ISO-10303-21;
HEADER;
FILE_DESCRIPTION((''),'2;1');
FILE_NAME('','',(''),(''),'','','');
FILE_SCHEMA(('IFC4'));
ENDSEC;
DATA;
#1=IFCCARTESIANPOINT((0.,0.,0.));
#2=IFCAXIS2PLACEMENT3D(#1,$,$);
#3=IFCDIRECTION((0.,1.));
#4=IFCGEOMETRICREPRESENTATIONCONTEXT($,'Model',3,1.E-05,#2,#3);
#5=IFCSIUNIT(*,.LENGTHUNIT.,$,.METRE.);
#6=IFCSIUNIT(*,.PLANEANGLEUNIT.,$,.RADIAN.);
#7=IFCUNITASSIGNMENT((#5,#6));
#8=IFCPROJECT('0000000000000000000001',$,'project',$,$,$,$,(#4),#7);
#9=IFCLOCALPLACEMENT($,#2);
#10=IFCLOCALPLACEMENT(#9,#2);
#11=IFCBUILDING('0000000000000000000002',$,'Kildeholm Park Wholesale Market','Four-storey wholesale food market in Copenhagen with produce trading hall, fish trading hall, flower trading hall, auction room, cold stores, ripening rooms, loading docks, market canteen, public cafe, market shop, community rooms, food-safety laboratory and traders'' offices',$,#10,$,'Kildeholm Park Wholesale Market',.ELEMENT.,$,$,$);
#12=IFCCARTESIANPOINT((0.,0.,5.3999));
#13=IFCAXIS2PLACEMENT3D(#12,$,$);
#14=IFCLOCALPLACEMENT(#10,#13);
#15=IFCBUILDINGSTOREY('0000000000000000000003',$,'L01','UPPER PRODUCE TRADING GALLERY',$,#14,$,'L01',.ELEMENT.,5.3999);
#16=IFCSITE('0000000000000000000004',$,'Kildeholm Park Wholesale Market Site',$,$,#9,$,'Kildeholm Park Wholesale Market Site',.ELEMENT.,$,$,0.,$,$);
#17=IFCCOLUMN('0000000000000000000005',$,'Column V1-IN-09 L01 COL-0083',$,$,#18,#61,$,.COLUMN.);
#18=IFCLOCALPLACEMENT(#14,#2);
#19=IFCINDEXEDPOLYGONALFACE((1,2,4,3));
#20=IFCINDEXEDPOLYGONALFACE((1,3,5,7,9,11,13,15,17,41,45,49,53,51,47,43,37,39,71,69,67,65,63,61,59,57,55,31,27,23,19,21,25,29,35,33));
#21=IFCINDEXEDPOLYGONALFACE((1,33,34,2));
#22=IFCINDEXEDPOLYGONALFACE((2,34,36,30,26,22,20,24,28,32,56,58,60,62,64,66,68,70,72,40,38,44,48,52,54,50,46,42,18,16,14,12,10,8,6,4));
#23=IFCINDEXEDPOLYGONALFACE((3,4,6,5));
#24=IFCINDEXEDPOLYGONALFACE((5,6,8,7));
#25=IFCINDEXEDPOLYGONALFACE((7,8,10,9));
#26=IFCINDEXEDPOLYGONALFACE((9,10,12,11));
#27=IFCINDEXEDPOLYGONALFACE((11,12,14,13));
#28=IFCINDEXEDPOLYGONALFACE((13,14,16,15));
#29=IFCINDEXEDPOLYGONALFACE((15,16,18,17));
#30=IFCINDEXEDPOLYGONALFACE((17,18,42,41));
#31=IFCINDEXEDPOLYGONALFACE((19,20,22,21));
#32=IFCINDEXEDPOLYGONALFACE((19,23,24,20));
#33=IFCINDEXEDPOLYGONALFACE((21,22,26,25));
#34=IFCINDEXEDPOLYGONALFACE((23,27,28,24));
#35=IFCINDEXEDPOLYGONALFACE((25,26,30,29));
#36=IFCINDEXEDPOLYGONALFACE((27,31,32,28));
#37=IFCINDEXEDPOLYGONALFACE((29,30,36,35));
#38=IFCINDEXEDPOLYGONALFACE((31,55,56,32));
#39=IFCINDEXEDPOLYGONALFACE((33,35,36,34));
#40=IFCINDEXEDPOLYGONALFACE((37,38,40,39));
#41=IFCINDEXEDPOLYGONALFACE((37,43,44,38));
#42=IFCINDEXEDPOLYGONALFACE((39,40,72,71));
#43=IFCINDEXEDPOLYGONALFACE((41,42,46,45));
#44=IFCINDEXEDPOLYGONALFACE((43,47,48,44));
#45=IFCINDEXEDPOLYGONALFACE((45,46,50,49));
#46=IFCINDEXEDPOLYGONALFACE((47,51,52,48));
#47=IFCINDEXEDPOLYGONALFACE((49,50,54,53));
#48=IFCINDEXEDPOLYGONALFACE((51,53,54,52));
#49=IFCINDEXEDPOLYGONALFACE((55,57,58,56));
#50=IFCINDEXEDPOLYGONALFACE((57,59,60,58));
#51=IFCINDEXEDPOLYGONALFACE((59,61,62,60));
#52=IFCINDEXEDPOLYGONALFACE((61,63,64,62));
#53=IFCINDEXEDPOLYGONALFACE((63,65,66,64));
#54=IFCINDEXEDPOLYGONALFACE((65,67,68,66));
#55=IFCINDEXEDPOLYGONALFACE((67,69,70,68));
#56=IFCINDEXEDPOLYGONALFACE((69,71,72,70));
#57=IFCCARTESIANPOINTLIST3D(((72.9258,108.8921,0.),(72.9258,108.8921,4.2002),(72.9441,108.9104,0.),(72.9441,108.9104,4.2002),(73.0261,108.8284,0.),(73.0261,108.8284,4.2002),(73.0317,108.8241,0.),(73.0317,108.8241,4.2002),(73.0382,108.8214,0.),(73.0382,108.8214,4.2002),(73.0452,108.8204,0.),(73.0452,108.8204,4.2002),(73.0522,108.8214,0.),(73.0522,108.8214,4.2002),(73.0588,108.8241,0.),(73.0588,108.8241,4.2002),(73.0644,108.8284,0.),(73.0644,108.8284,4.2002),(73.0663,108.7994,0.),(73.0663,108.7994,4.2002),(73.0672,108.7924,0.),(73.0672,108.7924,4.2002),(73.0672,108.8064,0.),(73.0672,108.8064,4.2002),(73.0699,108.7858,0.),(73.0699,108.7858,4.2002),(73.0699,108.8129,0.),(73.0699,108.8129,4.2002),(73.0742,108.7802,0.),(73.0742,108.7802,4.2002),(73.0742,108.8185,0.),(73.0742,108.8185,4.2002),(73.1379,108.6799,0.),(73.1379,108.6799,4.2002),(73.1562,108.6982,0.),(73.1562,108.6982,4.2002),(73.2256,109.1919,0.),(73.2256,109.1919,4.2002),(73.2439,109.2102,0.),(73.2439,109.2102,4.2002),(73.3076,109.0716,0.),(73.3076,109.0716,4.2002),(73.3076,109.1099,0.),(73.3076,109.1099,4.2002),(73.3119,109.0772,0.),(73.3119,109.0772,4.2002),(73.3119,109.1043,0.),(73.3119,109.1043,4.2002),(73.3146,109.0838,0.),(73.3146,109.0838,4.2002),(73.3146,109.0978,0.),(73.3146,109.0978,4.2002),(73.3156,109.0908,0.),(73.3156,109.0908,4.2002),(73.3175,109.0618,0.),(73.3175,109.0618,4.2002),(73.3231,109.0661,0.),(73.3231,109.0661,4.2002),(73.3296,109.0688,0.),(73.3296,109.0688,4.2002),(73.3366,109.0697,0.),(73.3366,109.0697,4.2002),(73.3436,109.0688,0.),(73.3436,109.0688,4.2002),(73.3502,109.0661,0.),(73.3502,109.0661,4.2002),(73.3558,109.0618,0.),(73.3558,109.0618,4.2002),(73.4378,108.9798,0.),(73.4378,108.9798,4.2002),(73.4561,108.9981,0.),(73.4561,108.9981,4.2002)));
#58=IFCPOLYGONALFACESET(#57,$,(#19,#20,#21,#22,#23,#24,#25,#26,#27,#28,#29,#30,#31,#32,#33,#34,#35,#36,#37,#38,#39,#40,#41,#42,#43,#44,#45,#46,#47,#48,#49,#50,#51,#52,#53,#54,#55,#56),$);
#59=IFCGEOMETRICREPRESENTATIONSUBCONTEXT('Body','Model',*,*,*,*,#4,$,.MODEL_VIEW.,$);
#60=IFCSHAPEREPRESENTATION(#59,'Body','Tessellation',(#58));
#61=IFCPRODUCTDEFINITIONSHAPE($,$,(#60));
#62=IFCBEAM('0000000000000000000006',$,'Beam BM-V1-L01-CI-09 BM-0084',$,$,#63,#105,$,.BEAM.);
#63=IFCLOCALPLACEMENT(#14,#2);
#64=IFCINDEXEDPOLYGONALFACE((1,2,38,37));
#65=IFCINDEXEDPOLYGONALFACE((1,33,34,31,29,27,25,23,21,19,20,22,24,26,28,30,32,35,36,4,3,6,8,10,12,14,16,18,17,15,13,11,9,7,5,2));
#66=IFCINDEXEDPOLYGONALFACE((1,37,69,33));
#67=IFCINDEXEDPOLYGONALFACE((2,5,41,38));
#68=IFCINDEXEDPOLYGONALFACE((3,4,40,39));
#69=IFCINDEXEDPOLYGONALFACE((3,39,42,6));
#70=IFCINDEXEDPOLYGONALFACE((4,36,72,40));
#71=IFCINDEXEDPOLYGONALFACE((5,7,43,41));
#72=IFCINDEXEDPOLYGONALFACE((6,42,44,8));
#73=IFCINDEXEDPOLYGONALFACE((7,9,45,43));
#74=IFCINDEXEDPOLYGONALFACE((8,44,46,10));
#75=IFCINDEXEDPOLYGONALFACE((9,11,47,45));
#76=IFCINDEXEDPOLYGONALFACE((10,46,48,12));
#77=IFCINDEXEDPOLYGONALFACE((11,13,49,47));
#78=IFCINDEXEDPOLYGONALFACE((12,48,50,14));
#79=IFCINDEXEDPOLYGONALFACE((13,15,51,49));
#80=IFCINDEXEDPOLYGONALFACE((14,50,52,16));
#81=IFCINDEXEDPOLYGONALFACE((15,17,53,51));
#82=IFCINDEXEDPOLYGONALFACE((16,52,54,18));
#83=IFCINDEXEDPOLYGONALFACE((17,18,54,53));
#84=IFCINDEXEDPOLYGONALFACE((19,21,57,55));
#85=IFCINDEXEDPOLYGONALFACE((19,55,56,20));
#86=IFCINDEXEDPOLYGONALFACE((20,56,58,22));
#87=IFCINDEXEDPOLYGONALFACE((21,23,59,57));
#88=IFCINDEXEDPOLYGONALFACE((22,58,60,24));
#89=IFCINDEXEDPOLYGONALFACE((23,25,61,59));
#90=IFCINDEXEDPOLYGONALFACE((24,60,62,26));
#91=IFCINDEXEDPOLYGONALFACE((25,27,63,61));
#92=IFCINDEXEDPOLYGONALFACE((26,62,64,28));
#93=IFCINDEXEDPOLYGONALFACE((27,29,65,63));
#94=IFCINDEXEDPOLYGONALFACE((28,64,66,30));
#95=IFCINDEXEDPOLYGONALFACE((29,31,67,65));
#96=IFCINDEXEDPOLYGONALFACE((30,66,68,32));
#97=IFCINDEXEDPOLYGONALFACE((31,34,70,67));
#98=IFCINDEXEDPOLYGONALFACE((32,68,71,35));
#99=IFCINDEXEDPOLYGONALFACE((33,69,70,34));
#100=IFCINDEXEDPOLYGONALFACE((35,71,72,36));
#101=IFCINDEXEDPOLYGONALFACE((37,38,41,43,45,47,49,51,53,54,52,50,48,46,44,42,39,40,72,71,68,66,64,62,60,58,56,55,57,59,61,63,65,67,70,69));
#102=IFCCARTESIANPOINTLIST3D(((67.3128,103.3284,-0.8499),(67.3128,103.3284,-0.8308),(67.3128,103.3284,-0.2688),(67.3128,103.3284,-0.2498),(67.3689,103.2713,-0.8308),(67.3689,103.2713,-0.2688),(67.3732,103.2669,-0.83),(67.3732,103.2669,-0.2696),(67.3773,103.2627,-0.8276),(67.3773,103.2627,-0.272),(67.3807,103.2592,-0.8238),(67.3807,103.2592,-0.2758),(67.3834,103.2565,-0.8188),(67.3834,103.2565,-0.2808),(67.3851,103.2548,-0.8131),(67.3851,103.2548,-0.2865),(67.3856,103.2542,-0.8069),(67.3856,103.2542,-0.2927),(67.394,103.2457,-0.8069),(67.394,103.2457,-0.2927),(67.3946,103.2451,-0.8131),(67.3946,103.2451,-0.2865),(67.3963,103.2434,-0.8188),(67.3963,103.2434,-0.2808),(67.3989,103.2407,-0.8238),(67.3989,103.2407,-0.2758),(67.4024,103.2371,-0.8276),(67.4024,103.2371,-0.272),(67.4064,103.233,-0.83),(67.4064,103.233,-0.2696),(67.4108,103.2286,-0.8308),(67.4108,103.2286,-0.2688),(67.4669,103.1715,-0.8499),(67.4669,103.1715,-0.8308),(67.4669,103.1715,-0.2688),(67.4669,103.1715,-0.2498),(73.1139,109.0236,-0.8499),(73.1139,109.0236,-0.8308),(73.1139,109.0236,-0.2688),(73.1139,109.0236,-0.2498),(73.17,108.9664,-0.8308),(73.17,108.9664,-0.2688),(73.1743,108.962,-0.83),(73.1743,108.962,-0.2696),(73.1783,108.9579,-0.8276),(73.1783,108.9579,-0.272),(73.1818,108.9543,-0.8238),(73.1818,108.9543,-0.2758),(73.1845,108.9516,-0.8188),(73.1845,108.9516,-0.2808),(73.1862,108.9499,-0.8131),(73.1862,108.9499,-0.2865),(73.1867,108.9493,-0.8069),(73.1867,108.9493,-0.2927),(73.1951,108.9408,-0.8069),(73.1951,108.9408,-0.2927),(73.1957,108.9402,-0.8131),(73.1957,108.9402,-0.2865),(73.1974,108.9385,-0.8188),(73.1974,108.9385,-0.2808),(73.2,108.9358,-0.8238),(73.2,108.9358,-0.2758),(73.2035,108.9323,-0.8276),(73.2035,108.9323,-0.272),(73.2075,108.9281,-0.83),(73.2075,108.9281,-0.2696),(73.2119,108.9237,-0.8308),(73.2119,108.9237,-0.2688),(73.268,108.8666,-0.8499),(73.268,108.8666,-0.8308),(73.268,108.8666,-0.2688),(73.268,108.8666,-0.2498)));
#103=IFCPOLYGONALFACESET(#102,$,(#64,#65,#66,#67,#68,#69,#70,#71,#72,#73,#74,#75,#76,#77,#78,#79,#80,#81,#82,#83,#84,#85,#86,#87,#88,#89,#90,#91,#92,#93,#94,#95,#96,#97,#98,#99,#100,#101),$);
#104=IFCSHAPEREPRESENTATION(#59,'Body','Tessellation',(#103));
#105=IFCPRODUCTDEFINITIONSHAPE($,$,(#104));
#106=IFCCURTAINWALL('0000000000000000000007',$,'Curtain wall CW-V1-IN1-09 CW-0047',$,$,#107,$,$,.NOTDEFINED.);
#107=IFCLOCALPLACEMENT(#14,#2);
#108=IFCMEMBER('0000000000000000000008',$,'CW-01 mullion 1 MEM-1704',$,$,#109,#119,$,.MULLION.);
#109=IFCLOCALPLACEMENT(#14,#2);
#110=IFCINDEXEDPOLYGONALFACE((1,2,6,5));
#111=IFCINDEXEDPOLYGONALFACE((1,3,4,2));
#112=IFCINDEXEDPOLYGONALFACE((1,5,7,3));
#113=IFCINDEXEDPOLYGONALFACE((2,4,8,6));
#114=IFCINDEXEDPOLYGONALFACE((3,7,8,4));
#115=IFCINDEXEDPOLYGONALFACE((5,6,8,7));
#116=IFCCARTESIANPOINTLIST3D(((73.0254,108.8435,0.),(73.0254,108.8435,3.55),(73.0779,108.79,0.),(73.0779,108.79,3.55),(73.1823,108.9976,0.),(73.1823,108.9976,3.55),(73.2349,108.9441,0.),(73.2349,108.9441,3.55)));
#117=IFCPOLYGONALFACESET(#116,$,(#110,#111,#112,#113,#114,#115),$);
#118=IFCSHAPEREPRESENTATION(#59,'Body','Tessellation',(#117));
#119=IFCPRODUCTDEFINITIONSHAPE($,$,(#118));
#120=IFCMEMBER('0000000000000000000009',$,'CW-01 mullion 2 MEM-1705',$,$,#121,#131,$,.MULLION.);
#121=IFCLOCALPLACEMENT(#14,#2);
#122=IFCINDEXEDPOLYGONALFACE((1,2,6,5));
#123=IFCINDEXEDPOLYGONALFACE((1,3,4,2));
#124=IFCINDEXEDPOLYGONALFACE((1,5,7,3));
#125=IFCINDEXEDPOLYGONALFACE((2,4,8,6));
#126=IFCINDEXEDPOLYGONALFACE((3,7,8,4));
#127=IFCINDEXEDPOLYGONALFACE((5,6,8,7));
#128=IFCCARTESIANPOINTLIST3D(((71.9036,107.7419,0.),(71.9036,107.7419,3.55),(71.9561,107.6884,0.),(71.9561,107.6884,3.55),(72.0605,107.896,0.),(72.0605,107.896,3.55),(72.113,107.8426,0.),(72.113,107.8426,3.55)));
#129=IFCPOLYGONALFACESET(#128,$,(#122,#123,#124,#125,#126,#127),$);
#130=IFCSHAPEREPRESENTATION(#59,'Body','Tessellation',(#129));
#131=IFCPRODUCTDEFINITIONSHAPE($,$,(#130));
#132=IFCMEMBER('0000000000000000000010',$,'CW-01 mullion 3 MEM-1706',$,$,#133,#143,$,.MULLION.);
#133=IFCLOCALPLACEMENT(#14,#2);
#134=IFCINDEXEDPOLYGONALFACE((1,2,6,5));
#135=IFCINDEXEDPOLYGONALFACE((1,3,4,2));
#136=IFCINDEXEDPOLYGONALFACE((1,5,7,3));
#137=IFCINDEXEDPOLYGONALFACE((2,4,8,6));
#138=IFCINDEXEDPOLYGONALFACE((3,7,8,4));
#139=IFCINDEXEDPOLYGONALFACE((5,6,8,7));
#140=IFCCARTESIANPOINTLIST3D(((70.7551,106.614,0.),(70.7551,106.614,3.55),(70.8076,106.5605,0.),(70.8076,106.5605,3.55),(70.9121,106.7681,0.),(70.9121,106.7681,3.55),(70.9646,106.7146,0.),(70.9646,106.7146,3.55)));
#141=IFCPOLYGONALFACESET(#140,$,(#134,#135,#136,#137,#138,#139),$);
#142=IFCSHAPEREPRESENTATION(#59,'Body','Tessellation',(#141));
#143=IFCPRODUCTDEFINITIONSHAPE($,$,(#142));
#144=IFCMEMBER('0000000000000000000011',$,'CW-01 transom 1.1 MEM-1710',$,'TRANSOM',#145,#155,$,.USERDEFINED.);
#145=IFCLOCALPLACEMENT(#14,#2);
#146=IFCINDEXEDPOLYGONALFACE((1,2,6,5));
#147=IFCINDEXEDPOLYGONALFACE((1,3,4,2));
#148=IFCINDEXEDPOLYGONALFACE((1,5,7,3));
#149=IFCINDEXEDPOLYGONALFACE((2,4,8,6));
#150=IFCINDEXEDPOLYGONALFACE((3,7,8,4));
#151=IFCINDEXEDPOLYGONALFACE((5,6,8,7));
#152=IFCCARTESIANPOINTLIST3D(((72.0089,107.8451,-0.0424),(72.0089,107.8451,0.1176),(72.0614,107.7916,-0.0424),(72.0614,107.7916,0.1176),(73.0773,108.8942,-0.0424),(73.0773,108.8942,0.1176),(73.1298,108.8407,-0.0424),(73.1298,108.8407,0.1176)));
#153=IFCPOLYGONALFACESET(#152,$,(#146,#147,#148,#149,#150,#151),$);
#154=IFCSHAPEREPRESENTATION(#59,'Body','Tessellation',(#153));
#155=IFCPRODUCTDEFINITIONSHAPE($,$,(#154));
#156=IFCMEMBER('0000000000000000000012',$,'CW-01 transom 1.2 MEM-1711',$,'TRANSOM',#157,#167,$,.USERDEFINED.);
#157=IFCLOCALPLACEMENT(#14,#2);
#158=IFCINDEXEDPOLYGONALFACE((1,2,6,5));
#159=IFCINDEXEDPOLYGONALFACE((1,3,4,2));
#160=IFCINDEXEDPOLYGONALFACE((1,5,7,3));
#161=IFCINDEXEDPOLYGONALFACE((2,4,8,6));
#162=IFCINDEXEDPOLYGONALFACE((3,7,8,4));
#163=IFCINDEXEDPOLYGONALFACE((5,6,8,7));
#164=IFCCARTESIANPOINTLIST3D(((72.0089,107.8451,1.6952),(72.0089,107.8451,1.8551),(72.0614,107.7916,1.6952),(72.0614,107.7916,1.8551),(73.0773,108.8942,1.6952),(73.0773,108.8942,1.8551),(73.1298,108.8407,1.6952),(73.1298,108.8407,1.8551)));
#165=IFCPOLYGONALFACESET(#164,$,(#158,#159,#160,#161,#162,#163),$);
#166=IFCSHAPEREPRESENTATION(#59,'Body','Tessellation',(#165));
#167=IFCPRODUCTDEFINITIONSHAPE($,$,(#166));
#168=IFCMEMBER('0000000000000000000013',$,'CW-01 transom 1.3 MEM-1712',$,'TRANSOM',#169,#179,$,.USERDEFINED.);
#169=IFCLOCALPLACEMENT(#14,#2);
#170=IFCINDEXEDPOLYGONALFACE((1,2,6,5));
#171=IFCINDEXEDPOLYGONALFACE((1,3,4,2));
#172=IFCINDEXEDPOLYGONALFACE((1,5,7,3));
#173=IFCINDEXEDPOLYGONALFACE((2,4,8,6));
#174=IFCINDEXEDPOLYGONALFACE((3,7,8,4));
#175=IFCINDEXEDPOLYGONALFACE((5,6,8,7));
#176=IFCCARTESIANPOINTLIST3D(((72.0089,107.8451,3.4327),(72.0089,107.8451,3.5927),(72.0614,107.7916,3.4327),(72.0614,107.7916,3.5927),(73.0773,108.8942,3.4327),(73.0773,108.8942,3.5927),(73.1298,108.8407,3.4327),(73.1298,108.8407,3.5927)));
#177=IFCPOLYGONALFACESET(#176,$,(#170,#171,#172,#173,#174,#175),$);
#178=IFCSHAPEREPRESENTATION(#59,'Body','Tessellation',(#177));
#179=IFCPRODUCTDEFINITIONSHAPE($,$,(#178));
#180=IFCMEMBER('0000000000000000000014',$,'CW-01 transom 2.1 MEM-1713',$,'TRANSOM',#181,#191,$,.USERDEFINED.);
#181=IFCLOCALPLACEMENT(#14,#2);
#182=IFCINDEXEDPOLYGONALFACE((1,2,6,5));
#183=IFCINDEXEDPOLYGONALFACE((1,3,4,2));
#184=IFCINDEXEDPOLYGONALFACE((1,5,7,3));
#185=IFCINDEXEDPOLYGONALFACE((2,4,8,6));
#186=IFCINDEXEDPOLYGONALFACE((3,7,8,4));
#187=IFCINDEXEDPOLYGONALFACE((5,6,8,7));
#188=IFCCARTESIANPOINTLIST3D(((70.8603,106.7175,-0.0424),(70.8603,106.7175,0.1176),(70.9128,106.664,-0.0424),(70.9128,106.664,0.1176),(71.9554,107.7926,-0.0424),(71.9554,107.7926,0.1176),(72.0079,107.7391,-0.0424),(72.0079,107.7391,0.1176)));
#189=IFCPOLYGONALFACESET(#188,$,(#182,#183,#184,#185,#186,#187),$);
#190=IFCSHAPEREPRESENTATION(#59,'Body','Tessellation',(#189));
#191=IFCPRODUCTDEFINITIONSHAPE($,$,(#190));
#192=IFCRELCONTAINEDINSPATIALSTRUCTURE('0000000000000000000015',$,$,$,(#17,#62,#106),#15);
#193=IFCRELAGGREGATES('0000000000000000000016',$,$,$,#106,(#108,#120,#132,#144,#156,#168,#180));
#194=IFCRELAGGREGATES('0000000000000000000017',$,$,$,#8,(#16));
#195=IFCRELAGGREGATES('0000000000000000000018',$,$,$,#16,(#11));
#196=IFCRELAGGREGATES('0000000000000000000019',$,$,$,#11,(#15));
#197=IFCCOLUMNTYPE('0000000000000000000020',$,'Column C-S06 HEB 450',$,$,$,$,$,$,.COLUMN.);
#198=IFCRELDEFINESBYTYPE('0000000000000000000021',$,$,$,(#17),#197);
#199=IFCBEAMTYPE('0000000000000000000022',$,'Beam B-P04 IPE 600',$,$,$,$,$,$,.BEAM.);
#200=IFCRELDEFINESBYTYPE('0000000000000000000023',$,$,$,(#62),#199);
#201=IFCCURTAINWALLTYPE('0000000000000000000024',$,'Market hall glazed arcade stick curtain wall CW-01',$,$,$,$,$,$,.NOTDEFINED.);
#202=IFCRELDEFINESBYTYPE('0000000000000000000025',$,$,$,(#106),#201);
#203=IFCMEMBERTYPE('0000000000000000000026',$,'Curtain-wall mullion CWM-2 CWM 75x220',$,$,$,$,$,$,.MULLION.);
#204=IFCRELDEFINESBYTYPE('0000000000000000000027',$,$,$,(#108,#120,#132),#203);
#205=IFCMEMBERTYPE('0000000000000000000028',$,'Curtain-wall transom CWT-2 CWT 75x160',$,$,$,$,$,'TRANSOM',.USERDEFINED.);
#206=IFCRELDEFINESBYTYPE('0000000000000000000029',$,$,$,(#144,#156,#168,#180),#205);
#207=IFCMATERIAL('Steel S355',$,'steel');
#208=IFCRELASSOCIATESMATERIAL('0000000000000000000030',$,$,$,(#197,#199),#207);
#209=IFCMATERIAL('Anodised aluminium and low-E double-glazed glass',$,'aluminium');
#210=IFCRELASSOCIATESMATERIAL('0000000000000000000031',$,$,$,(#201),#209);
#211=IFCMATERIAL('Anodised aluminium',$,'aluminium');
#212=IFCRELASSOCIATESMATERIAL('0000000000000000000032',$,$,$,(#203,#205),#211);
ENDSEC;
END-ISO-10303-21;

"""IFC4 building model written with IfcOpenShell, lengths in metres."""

from ifc_helpers import new_model, si_unit, direction, frame, origin, origin_2d, place, context, subcontext, project, spatial, rectangle, i_section, extrude, material, material_profile, profile_set, type_object, element, aggregate, save


model = new_model("IFC4")

# Units and contexts
model_context = context("Model", 3, precision=1e-05, world=origin(), true_north=direction((0.0, 1.0)))
body_context = subcontext(model_context, "Body", "Model", "MODEL_VIEW")
ifc_project = project(units=[si_unit("LENGTHUNIT", "METRE"), si_unit("PLANEANGLEUNIT", "RADIAN")], contexts=[model_context])

# Site, building, storey
site_placement = place(None, origin())
site = spatial("IfcSite", under=ifc_project, at=site_placement, Name="Kildeholm Park Wholesale Market Site", LongName="Kildeholm Park Wholesale Market Site", CompositionType="ELEMENT", RefElevation=0.0)
building_placement = place(site_placement, origin())
building = spatial("IfcBuilding", under=site, at=building_placement, Name="Kildeholm Park Wholesale Market", Description="Four-storey wholesale food market in Copenhagen with produce trading hall, fish trading hall, flower trading hall, auction room, cold stores, ripening rooms, loading docks, market canteen, public cafe, market shop, community rooms, food-safety laboratory and traders' offices", LongName="Kildeholm Park Wholesale Market", CompositionType="ELEMENT")
storey_placement = place(building_placement, frame((0.0, 0.0, 5.3999)))
storey = spatial("IfcBuildingStorey", under=building, at=storey_placement, Name="L01", Description="UPPER PRODUCE TRADING GALLERY", LongName="L01", CompositionType="ELEMENT", Elevation=5.3999)

# Column
ifc_material_1 = material(Name="Steel S355", Category="steel")
ifc_material_profile_1 = material_profile(ifc_material_1, i_section(OverallWidth=0.3, OverallDepth=0.45, WebThickness=0.0139, FlangeThickness=0.0259, FilletRadius=0.0271, at=origin_2d()), Name="HEB 450")
ifc_profile_set_1 = profile_set([ifc_material_profile_1], Name="Steel S355")
column_type = type_object("IfcColumnType", Name="Column C-S06 HEB 450", PredefinedType="COLUMN", material=ifc_profile_set_1)
column_placement = place(storey_placement, frame((73.1909, 108.9451, 0.0), z_axis=(0.0, 0.0, 1.0), x_axis=(-0.707107, 0.707107, 0.0)))
element("IfcColumn", 1, at=column_placement, inside=storey, type_object=column_type, Name="Column V1-IN-09 L01 COL-0083", PredefinedType="COLUMN", context=body_context, shape_type="SweptSolid", body=[
    extrude(i_section(OverallWidth=0.3, OverallDepth=0.45, WebThickness=0.0139, FlangeThickness=0.0259, FilletRadius=0.0271, at=origin_2d()), origin(), (0.0, 0.0, 1.0), 4.2002),
])

# Beam
ifc_material_profile_2 = material_profile(ifc_material_1, i_section(OverallWidth=0.22, OverallDepth=0.6001, WebThickness=0.012, FlangeThickness=0.019, FilletRadius=0.0239, at=origin_2d()), Name="IPE 600")
ifc_profile_set_2 = profile_set([ifc_material_profile_2], Name="Steel S355")
beam_type = type_object("IfcBeamType", Name="Beam B-P04 IPE 600", PredefinedType="BEAM", material=ifc_profile_set_2)
beam_placement = place(storey_placement, frame((73.1909, 108.9451, -0.5498), z_axis=(-0.713594, -0.70056, 0.0), x_axis=(0.70056, -0.713594, 0.0)))
element("IfcBeam", 2, at=beam_placement, inside=storey, type_object=beam_type, Name="Beam BM-V1-L01-CI-09 BM-0084", PredefinedType="BEAM", context=body_context, shape_type="SweptSolid", body=[
    extrude(i_section(OverallWidth=0.22, OverallDepth=0.6001, WebThickness=0.012, FlangeThickness=0.019, FilletRadius=0.0239, at=origin_2d()), origin(), (0.0, 0.0, 1.0), 8.1294),
])

# Curtain wall, members
ifc_material_2 = material(Name="Anodised aluminium and low-E double-glazed glass", Category="aluminium")
curtain_wall_type = type_object("IfcCurtainWallType", Name="Market hall glazed arcade stick curtain wall CW-01", PredefinedType="NOTDEFINED", material=ifc_material_2)
curtain_wall_placement = place(storey_placement, origin())
curtain_wall = element("IfcCurtainWall", 3, at=curtain_wall_placement, inside=storey, type_object=curtain_wall_type, Name="Curtain wall CW-V1-IN1-09 CW-0047", PredefinedType="NOTDEFINED")
ifc_material_3 = material(Name="Anodised aluminium", Category="aluminium")
ifc_material_profile_3 = material_profile(ifc_material_3, rectangle(XDim=0.075, YDim=0.22, at=origin_2d()), Name="CWM 75x220")
ifc_profile_set_3 = profile_set([ifc_material_profile_3], Name="Anodised aluminium")
member_type_1 = type_object("IfcMemberType", Name="Curtain-wall mullion CWM-2 CWM 75x220", PredefinedType="MULLION", material=ifc_profile_set_3)
member_1_placement = place(storey_placement, frame((73.1301, 108.8938, 0.0), z_axis=(0.0, 0.0, 1.0), x_axis=(0.700617, -0.713538, 0.0)))
member_1 = element("IfcMember", 4, at=member_1_placement, type_object=member_type_1, Name="CW-01 mullion 1 MEM-1704", PredefinedType="MULLION", context=body_context, shape_type="SweptSolid", body=[
    extrude(rectangle(XDim=0.075, YDim=0.22, at=origin_2d()), origin(), (0.0, 0.0, 1.0), 3.55),
])
member_2_placement = place(storey_placement, frame((72.0083, 107.7922, 0.0), z_axis=(0.0, 0.0, 1.0), x_axis=(0.700617, -0.713538, 0.0)))
member_2 = element("IfcMember", 5, at=member_2_placement, type_object=member_type_1, Name="CW-01 mullion 2 MEM-1705", PredefinedType="MULLION", context=body_context, shape_type="SweptSolid", body=[
    extrude(rectangle(XDim=0.075, YDim=0.22, at=origin_2d()), origin(), (0.0, 0.0, 1.0), 3.55),
])
member_3_placement = place(storey_placement, frame((70.8599, 106.6643, 0.0), z_axis=(0.0, 0.0, 1.0), x_axis=(0.700617, -0.713538, 0.0)))
member_3 = element("IfcMember", 6, at=member_3_placement, type_object=member_type_1, Name="CW-01 mullion 3 MEM-1706", PredefinedType="MULLION", context=body_context, shape_type="SweptSolid", body=[
    extrude(rectangle(XDim=0.075, YDim=0.22, at=origin_2d()), origin(), (0.0, 0.0, 1.0), 3.55),
])
ifc_material_profile_4 = material_profile(ifc_material_3, rectangle(XDim=0.075, YDim=0.1599, at=origin_2d()), Name="CWT 75x160")
ifc_profile_set_4 = profile_set([ifc_material_profile_4], Name="Anodised aluminium")
member_type_2 = type_object("IfcMemberType", Name="Curtain-wall transom CWT-2 CWT 75x160", ElementType="TRANSOM", PredefinedType="USERDEFINED", material=ifc_profile_set_4)
member_4_placement = place(storey_placement, frame((73.1035, 108.8674, 0.0376), z_axis=(-0.713518, -0.700637, 0.0), x_axis=(0.700637, -0.713518, 0.0)))
member_4 = element("IfcMember", 7, at=member_4_placement, type_object=member_type_2, Name="CW-01 transom 1.1 MEM-1710", ObjectType="TRANSOM", PredefinedType="USERDEFINED", context=body_context, shape_type="SweptSolid", body=[
    extrude(rectangle(XDim=0.075, YDim=0.1599, at=origin_2d()), origin(), (0.0, 0.0, 1.0), 1.4973),
])
member_5_placement = place(storey_placement, frame((73.1035, 108.8674, 1.7751), z_axis=(-0.713518, -0.700637, 0.0), x_axis=(0.700637, -0.713518, 0.0)))
member_5 = element("IfcMember", 8, at=member_5_placement, type_object=member_type_2, Name="CW-01 transom 1.2 MEM-1711", ObjectType="TRANSOM", PredefinedType="USERDEFINED", context=body_context, shape_type="SweptSolid", body=[
    extrude(rectangle(XDim=0.075, YDim=0.1599, at=origin_2d()), origin(), (0.0, 0.0, 1.0), 1.4973),
])
member_6_placement = place(storey_placement, frame((73.1035, 108.8674, 3.5127), z_axis=(-0.713518, -0.700637, 0.0), x_axis=(0.700637, -0.713518, 0.0)))
member_6 = element("IfcMember", 9, at=member_6_placement, type_object=member_type_2, Name="CW-01 transom 1.3 MEM-1712", ObjectType="TRANSOM", PredefinedType="USERDEFINED", context=body_context, shape_type="SweptSolid", body=[
    extrude(rectangle(XDim=0.075, YDim=0.1599, at=origin_2d()), origin(), (0.0, 0.0, 1.0), 1.4973),
])
member_7_placement = place(storey_placement, frame((71.9817, 107.7659, 0.0376), z_axis=(-0.713599, -0.700555, 0.0), x_axis=(0.700555, -0.713599, 0.0)))
member_7 = element("IfcMember", 10, at=member_7_placement, type_object=member_type_2, Name="CW-01 transom 2.1 MEM-1713", ObjectType="TRANSOM", PredefinedType="USERDEFINED", context=body_context, shape_type="SweptSolid", body=[
    extrude(rectangle(XDim=0.075, YDim=0.1599, at=origin_2d()), origin(), (0.0, 0.0, 1.0), 1.5347),
])
aggregate(curtain_wall, [member_1, member_2, member_3, member_4, member_5, member_6, member_7])

save(model, "model.ifc")
